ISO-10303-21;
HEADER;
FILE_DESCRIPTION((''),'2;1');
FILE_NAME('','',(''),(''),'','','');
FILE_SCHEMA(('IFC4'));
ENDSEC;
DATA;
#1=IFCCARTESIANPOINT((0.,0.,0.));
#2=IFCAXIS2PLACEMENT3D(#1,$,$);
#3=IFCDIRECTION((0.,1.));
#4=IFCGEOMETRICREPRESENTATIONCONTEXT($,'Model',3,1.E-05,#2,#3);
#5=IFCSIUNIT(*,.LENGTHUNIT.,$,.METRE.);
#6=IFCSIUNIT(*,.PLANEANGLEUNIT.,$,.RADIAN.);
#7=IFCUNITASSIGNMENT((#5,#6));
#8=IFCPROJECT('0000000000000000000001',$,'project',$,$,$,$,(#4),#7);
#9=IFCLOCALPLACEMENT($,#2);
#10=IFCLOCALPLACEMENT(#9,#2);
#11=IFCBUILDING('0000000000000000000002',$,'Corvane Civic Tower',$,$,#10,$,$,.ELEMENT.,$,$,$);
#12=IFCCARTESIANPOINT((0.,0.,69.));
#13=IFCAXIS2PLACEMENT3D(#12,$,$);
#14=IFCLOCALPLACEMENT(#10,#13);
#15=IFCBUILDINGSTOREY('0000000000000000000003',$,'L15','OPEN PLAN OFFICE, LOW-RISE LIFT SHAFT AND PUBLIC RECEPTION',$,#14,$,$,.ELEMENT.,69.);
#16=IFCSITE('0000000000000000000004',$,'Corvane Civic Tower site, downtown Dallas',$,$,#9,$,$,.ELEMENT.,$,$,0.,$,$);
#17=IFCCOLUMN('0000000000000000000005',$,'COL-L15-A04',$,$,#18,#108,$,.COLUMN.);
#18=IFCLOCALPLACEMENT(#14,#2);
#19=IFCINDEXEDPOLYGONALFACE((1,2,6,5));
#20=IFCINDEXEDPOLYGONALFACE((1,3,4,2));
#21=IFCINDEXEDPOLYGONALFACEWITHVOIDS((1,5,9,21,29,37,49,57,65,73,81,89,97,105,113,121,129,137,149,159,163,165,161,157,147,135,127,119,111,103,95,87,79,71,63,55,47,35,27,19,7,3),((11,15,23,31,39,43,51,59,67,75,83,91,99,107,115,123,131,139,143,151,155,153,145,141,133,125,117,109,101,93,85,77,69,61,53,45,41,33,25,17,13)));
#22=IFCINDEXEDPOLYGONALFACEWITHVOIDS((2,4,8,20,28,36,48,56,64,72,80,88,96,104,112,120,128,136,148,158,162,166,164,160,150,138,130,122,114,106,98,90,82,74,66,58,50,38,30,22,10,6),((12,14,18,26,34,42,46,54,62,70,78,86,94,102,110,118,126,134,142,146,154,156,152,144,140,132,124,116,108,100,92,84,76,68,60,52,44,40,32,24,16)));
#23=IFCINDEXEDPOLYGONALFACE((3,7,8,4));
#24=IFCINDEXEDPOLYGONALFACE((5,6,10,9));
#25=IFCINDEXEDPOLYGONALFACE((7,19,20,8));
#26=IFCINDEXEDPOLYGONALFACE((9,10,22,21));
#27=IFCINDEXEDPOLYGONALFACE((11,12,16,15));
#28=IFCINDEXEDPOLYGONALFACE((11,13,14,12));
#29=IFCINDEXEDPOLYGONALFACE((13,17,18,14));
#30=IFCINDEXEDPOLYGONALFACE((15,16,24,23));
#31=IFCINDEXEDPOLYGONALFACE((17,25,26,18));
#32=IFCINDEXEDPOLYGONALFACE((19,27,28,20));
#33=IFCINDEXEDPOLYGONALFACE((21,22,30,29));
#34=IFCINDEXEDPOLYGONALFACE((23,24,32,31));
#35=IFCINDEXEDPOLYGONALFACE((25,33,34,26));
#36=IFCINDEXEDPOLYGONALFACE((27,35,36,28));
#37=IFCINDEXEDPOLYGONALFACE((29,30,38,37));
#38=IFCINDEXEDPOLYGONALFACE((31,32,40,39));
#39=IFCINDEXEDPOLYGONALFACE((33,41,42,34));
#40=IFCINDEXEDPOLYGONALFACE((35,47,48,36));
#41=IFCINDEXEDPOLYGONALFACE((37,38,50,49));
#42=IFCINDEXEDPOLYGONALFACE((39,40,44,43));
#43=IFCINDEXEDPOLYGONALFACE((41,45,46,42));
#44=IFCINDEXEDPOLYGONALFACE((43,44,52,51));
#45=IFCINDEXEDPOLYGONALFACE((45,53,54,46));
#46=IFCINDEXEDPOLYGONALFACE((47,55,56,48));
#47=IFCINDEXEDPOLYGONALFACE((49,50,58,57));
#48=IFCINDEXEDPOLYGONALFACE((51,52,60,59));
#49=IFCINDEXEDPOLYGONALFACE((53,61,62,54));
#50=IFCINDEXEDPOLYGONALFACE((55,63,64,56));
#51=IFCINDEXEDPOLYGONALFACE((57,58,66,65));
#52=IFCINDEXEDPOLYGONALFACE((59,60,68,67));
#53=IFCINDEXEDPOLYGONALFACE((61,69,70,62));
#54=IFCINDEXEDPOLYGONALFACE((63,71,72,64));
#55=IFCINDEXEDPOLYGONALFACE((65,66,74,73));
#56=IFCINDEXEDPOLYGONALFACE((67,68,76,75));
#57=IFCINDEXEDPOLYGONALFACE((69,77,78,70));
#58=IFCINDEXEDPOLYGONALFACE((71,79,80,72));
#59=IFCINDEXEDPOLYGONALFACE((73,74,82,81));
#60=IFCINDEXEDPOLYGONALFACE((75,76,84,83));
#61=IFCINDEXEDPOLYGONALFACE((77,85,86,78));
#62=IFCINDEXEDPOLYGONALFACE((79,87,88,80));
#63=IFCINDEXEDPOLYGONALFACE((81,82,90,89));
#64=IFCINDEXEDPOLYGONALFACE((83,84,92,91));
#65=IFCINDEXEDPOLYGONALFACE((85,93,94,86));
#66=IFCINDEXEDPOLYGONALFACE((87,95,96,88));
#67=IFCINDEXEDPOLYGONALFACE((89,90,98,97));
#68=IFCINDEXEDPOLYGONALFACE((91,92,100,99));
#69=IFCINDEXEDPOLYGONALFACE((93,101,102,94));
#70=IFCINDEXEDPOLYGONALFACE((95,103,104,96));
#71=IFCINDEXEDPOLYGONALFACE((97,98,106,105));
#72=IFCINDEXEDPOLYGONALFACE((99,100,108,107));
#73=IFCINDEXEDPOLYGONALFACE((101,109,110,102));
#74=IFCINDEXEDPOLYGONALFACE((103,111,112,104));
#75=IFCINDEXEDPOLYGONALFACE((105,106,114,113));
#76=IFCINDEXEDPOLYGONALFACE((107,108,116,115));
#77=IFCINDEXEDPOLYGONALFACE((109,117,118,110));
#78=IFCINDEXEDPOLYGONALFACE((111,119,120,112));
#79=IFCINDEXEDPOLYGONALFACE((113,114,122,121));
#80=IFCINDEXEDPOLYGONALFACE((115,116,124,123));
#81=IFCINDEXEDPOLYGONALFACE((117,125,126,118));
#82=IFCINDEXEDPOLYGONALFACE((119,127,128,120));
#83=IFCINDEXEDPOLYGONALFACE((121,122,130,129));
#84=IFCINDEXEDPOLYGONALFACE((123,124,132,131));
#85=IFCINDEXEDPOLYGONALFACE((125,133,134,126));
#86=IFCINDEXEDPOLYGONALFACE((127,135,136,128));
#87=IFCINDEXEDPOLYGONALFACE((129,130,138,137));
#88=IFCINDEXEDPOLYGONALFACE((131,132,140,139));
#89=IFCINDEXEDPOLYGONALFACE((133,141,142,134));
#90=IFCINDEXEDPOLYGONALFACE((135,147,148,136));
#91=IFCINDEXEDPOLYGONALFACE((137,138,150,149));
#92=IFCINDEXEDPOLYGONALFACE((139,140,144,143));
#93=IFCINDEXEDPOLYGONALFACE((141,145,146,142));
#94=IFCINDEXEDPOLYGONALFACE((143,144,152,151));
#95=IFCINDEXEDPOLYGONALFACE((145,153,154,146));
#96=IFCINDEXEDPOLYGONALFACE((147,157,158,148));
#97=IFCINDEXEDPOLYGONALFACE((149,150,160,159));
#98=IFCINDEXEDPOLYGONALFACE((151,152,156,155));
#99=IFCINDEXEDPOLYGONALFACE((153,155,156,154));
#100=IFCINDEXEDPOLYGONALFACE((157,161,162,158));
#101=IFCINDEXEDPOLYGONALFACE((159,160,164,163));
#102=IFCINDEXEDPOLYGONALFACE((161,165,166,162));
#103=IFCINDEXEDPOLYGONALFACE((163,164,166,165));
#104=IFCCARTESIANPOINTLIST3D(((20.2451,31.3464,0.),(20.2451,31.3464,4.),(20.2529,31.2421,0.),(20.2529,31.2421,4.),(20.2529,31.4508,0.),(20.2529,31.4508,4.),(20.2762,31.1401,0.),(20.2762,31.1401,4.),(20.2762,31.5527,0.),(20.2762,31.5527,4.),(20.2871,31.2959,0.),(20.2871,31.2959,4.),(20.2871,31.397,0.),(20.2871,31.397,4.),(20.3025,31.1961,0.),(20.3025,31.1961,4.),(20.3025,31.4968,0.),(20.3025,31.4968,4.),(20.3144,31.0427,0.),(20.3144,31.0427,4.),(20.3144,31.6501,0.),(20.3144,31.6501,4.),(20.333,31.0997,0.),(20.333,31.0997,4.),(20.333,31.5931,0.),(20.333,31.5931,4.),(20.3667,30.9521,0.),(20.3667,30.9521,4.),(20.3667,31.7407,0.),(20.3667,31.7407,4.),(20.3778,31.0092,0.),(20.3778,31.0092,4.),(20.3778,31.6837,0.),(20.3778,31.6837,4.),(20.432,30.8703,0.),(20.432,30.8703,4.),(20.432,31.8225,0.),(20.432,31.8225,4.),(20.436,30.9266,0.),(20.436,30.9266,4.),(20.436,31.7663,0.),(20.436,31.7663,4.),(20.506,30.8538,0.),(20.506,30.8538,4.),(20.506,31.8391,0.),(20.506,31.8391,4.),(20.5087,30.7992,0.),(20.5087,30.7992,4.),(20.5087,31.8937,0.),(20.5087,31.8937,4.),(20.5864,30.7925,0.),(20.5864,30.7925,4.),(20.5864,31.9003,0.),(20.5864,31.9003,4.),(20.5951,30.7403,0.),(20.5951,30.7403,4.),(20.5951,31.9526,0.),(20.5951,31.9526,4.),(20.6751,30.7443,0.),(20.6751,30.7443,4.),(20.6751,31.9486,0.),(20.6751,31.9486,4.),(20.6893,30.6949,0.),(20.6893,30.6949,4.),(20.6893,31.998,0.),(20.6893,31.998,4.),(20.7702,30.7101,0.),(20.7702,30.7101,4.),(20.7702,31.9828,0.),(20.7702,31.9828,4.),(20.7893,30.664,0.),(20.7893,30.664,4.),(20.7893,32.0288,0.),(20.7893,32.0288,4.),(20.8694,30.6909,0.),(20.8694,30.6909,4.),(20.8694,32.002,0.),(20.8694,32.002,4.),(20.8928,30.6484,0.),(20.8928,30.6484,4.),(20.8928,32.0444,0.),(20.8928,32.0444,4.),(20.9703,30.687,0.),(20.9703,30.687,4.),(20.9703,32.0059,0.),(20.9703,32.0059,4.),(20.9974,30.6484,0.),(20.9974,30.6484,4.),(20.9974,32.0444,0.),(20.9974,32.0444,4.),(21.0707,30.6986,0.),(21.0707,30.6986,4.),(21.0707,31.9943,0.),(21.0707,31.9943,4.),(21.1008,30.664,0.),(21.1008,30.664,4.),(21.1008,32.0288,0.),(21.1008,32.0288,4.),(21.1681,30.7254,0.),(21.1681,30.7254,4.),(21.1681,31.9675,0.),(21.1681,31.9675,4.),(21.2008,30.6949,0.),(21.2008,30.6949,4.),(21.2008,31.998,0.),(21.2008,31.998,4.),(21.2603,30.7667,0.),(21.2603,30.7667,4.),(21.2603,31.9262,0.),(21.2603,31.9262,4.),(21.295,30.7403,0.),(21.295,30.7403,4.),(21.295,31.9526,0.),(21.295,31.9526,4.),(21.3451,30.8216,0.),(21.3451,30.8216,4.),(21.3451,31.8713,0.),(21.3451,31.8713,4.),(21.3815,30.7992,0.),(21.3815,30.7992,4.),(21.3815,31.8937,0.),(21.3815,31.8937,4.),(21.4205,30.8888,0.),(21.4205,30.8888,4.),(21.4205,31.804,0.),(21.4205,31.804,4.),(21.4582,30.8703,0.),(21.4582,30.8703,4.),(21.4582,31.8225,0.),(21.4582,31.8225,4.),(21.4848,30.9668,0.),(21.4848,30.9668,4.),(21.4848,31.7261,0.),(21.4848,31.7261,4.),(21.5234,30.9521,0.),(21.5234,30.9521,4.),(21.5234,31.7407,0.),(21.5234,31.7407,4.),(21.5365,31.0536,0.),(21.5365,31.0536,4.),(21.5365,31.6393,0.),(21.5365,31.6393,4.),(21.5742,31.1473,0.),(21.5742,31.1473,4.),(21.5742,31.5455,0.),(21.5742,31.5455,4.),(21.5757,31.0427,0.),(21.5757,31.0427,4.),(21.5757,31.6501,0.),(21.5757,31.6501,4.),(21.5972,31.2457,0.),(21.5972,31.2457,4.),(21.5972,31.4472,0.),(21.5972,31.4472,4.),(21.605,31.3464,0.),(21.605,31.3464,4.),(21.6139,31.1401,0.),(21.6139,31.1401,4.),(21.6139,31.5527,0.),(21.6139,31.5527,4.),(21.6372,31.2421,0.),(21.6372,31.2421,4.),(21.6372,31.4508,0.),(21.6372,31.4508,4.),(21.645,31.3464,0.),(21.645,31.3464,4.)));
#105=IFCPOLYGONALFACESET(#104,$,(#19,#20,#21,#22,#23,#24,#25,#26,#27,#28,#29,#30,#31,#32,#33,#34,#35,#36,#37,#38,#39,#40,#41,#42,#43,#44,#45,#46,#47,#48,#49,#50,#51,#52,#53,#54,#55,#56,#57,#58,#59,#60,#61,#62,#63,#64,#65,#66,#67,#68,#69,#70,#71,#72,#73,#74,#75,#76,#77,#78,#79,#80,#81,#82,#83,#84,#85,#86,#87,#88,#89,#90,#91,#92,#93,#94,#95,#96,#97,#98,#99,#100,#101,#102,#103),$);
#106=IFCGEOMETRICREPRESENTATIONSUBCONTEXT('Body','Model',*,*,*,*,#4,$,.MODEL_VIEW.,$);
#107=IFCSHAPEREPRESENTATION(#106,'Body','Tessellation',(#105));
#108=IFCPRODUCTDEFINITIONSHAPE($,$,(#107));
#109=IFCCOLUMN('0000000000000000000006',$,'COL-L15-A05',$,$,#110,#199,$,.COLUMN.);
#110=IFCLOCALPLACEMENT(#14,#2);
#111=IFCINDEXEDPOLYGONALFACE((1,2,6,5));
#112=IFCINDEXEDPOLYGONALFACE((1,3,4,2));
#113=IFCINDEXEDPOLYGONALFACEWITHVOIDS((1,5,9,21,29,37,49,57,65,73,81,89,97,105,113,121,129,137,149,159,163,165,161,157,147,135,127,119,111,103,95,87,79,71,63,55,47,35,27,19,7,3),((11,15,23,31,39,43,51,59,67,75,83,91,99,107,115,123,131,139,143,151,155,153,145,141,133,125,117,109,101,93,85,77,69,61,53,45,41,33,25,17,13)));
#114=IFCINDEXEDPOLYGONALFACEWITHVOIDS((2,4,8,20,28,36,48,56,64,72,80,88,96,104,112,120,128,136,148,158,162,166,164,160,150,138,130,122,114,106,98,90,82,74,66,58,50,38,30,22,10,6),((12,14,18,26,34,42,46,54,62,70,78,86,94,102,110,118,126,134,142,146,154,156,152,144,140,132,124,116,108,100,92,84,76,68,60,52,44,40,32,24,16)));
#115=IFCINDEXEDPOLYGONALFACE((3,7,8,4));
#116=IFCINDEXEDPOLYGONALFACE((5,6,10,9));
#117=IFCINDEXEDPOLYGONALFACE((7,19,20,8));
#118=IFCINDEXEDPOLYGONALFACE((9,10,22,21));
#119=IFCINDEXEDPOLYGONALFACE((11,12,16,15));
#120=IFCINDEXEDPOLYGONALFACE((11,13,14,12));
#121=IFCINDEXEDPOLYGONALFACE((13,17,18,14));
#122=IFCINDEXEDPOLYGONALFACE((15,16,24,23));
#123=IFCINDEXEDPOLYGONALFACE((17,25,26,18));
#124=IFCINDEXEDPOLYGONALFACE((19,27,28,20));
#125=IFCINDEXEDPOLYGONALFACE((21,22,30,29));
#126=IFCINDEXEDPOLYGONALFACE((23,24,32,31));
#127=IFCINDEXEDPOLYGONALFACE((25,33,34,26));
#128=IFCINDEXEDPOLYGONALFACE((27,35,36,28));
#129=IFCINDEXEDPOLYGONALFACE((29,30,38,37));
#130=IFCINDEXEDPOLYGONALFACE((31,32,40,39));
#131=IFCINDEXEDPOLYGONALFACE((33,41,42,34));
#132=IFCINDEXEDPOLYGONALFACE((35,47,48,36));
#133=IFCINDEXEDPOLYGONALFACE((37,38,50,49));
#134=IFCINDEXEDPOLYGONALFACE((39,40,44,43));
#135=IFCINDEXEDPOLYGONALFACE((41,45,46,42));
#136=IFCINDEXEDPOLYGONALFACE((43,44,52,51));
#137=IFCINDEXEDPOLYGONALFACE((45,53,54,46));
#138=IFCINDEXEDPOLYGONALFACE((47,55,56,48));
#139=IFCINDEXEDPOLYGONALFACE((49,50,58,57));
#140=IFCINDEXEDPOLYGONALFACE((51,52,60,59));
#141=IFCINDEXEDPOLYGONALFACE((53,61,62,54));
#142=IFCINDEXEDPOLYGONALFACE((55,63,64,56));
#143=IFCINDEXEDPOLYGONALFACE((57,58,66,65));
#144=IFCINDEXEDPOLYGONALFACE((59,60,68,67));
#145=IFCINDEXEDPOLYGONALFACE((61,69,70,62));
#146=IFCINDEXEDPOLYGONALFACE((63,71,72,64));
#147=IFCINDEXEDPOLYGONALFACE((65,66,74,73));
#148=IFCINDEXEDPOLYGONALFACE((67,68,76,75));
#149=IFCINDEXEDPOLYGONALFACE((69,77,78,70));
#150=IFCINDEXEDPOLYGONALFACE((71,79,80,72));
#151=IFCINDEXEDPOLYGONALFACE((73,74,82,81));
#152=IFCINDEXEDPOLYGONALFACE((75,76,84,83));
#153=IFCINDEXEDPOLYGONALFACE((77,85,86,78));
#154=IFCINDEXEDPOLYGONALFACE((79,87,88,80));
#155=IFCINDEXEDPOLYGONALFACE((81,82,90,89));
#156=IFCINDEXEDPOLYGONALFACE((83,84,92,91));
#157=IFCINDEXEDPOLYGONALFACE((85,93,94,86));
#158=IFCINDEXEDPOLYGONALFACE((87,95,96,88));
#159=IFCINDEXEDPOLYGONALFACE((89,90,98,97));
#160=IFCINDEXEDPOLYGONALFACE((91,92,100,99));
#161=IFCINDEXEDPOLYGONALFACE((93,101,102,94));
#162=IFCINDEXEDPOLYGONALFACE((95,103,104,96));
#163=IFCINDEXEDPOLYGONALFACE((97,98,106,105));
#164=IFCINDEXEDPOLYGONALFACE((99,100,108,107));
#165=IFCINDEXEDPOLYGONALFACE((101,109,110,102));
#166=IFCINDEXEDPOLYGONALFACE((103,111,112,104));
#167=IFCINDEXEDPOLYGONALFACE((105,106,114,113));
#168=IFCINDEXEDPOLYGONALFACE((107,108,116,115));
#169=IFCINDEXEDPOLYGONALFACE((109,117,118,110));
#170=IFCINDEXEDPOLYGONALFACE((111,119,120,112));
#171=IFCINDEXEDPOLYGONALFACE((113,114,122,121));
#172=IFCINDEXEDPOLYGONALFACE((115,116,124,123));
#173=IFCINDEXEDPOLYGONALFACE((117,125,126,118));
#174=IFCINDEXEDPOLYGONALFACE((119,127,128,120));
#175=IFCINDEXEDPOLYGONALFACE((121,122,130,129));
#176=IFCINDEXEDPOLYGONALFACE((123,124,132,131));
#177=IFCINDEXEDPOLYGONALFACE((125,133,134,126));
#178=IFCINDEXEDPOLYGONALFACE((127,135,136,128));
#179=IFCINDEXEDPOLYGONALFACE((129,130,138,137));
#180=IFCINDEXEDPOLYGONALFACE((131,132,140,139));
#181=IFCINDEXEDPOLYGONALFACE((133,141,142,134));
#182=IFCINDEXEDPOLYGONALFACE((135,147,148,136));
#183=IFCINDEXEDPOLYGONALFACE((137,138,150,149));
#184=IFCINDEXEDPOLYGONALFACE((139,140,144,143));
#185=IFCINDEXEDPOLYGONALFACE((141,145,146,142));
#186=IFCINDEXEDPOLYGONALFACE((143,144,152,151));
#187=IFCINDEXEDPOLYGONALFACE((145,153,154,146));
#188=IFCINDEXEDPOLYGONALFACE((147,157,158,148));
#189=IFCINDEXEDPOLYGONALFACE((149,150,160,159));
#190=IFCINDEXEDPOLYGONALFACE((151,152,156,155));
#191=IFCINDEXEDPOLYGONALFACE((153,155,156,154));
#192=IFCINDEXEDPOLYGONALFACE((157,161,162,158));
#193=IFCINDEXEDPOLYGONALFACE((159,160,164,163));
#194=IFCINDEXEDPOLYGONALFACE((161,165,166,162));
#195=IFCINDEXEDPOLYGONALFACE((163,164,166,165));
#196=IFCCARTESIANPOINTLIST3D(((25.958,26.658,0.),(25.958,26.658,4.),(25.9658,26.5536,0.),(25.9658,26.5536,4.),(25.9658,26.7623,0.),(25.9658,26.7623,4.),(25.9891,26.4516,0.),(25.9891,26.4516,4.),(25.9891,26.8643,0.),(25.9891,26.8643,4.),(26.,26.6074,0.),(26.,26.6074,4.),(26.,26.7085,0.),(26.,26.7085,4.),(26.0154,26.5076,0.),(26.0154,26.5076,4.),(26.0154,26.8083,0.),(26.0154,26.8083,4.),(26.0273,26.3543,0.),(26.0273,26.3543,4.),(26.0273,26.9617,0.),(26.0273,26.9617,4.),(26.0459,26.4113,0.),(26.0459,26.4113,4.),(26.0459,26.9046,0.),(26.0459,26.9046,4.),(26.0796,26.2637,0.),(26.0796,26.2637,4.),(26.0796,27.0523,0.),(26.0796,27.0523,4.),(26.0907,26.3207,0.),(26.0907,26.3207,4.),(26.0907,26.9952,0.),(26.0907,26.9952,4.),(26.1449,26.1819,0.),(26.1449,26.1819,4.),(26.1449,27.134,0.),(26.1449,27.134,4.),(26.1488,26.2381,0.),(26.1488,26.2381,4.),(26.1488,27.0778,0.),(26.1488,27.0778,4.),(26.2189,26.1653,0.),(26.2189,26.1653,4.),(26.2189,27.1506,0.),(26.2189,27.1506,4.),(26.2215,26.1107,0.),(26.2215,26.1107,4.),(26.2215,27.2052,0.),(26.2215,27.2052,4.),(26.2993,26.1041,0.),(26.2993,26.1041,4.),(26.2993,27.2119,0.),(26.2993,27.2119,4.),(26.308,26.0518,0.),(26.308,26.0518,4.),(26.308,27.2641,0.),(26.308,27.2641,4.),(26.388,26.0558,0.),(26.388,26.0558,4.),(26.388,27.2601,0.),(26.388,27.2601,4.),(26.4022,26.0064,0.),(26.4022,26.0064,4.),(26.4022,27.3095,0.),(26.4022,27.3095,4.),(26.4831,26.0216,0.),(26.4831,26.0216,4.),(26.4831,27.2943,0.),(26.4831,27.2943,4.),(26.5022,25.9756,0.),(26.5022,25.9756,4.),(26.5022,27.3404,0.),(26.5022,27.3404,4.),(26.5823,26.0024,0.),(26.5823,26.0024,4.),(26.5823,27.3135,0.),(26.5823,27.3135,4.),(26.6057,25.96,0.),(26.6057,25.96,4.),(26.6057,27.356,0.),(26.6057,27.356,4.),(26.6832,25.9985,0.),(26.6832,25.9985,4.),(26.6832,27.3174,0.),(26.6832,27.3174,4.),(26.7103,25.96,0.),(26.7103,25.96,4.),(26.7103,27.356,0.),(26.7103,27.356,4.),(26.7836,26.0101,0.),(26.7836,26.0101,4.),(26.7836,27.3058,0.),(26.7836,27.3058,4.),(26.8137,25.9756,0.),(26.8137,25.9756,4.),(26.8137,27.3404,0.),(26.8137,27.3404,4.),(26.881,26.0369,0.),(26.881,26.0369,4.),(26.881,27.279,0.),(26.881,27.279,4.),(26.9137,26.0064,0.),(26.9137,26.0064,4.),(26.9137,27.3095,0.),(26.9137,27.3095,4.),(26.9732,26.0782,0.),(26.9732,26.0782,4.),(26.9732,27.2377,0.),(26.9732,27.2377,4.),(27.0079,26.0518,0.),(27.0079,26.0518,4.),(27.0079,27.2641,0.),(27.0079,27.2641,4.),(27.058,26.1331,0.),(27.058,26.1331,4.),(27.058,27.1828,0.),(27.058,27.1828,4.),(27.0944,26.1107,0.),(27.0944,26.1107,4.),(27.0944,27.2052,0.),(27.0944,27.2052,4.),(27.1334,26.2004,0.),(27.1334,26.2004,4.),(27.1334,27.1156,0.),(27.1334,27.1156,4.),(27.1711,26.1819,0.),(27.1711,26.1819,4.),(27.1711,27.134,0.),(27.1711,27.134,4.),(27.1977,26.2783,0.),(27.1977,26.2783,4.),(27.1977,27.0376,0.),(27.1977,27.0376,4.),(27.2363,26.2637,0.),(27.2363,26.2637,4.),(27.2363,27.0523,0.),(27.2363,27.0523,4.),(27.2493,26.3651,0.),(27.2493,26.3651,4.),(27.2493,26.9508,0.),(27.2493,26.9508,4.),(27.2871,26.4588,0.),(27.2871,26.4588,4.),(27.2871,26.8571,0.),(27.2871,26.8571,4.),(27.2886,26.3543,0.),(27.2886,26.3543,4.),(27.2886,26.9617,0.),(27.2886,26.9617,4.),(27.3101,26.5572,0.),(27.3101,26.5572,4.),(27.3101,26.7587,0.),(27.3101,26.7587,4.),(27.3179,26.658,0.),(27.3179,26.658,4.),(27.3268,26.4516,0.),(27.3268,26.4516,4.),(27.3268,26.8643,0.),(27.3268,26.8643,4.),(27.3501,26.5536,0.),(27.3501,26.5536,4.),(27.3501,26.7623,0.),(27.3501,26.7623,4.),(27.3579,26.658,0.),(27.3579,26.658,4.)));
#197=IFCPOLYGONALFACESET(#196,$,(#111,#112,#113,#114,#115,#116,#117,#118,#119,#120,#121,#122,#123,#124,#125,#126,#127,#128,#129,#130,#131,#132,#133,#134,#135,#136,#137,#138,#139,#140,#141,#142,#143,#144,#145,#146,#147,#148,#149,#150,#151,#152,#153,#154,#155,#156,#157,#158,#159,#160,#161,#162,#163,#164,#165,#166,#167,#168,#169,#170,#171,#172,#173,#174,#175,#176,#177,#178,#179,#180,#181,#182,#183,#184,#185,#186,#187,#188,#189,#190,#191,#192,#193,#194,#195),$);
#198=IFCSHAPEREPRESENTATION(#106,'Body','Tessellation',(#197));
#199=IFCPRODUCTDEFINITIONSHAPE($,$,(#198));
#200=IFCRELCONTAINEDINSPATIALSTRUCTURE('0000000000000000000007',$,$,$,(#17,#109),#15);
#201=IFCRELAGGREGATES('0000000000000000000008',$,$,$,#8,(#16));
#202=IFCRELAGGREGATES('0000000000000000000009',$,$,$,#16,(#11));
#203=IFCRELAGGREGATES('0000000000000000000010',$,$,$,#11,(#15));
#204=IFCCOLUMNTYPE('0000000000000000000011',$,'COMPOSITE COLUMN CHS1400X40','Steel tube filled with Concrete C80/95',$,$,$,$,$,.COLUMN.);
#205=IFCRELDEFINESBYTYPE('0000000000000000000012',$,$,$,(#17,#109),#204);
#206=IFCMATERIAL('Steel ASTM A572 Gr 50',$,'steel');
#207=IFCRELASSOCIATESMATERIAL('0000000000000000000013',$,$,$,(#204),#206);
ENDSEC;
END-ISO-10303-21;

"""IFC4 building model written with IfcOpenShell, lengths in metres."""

from ifc_helpers import new_model, si_unit, direction, frame, origin, origin_2d, place, context, subcontext, project, spatial, hollow_circle, extrude, material, material_profile, profile_set, type_object, element, save


model = new_model("IFC4")

# Units and contexts
model_context = context("Model", 3, precision=1e-05, world=origin(), true_north=direction((0.0, 1.0)))
body_context = subcontext(model_context, "Body", "Model", "MODEL_VIEW")
ifc_project = project(units=[si_unit("LENGTHUNIT", "METRE"), si_unit("PLANEANGLEUNIT", "RADIAN")], contexts=[model_context])

# Site, building, storey
site_placement = place(None, origin())
site = spatial("IfcSite", under=ifc_project, at=site_placement, Name="Corvane Civic Tower site, downtown Dallas", CompositionType="ELEMENT", RefElevation=0.0)
building_placement = place(site_placement, origin())
building = spatial("IfcBuilding", under=site, at=building_placement, Name="Corvane Civic Tower", CompositionType="ELEMENT")
storey_placement = place(building_placement, frame((0.0, 0.0, 69.0)))
storey = spatial("IfcBuildingStorey", under=building, at=storey_placement, Name="L15", Description="OPEN PLAN OFFICE, LOW-RISE LIFT SHAFT AND PUBLIC RECEPTION", CompositionType="ELEMENT", Elevation=69.0)

# Columns
ifc_material_1 = material(Name="Steel ASTM A572 Gr 50", Category="steel")
ifc_material_profile_1 = material_profile(ifc_material_1, hollow_circle(Radius=0.7, WallThickness=0.04, at=origin_2d()), Name="CHS1400X40")
ifc_profile_set_1 = profile_set([ifc_material_profile_1], Name="Steel ASTM A572 Gr 50")
column_type = type_object("IfcColumnType", Name="COMPOSITE COLUMN CHS1400X40", Description="Steel tube filled with Concrete C80/95", PredefinedType="COLUMN", material=ifc_profile_set_1)
for number, where, z_axis, x_axis, name in (
    (1, (20.9451, 31.3464, 0.0), (0.0, 0.0, 1.0), (1.0, 0.0, 0.0), "COL-L15-A04"),
    (2, (26.658, 26.658, 0.0), (0.0, 0.0, 1.0), (1.0, 0.0, 0.0), "COL-L15-A05"),
):
    element("IfcColumn", number, at=place(storey_placement, frame(where, z_axis=z_axis, x_axis=x_axis)), inside=storey, type_object=column_type, Name=name, PredefinedType="COLUMN", context=body_context, shape_type="SweptSolid", body=[
        extrude(hollow_circle(Radius=0.7, WallThickness=0.04, at=origin_2d()), origin(), (0.0, 0.0, 1.0), 4.0),
    ])

save(model, "model.ifc")
